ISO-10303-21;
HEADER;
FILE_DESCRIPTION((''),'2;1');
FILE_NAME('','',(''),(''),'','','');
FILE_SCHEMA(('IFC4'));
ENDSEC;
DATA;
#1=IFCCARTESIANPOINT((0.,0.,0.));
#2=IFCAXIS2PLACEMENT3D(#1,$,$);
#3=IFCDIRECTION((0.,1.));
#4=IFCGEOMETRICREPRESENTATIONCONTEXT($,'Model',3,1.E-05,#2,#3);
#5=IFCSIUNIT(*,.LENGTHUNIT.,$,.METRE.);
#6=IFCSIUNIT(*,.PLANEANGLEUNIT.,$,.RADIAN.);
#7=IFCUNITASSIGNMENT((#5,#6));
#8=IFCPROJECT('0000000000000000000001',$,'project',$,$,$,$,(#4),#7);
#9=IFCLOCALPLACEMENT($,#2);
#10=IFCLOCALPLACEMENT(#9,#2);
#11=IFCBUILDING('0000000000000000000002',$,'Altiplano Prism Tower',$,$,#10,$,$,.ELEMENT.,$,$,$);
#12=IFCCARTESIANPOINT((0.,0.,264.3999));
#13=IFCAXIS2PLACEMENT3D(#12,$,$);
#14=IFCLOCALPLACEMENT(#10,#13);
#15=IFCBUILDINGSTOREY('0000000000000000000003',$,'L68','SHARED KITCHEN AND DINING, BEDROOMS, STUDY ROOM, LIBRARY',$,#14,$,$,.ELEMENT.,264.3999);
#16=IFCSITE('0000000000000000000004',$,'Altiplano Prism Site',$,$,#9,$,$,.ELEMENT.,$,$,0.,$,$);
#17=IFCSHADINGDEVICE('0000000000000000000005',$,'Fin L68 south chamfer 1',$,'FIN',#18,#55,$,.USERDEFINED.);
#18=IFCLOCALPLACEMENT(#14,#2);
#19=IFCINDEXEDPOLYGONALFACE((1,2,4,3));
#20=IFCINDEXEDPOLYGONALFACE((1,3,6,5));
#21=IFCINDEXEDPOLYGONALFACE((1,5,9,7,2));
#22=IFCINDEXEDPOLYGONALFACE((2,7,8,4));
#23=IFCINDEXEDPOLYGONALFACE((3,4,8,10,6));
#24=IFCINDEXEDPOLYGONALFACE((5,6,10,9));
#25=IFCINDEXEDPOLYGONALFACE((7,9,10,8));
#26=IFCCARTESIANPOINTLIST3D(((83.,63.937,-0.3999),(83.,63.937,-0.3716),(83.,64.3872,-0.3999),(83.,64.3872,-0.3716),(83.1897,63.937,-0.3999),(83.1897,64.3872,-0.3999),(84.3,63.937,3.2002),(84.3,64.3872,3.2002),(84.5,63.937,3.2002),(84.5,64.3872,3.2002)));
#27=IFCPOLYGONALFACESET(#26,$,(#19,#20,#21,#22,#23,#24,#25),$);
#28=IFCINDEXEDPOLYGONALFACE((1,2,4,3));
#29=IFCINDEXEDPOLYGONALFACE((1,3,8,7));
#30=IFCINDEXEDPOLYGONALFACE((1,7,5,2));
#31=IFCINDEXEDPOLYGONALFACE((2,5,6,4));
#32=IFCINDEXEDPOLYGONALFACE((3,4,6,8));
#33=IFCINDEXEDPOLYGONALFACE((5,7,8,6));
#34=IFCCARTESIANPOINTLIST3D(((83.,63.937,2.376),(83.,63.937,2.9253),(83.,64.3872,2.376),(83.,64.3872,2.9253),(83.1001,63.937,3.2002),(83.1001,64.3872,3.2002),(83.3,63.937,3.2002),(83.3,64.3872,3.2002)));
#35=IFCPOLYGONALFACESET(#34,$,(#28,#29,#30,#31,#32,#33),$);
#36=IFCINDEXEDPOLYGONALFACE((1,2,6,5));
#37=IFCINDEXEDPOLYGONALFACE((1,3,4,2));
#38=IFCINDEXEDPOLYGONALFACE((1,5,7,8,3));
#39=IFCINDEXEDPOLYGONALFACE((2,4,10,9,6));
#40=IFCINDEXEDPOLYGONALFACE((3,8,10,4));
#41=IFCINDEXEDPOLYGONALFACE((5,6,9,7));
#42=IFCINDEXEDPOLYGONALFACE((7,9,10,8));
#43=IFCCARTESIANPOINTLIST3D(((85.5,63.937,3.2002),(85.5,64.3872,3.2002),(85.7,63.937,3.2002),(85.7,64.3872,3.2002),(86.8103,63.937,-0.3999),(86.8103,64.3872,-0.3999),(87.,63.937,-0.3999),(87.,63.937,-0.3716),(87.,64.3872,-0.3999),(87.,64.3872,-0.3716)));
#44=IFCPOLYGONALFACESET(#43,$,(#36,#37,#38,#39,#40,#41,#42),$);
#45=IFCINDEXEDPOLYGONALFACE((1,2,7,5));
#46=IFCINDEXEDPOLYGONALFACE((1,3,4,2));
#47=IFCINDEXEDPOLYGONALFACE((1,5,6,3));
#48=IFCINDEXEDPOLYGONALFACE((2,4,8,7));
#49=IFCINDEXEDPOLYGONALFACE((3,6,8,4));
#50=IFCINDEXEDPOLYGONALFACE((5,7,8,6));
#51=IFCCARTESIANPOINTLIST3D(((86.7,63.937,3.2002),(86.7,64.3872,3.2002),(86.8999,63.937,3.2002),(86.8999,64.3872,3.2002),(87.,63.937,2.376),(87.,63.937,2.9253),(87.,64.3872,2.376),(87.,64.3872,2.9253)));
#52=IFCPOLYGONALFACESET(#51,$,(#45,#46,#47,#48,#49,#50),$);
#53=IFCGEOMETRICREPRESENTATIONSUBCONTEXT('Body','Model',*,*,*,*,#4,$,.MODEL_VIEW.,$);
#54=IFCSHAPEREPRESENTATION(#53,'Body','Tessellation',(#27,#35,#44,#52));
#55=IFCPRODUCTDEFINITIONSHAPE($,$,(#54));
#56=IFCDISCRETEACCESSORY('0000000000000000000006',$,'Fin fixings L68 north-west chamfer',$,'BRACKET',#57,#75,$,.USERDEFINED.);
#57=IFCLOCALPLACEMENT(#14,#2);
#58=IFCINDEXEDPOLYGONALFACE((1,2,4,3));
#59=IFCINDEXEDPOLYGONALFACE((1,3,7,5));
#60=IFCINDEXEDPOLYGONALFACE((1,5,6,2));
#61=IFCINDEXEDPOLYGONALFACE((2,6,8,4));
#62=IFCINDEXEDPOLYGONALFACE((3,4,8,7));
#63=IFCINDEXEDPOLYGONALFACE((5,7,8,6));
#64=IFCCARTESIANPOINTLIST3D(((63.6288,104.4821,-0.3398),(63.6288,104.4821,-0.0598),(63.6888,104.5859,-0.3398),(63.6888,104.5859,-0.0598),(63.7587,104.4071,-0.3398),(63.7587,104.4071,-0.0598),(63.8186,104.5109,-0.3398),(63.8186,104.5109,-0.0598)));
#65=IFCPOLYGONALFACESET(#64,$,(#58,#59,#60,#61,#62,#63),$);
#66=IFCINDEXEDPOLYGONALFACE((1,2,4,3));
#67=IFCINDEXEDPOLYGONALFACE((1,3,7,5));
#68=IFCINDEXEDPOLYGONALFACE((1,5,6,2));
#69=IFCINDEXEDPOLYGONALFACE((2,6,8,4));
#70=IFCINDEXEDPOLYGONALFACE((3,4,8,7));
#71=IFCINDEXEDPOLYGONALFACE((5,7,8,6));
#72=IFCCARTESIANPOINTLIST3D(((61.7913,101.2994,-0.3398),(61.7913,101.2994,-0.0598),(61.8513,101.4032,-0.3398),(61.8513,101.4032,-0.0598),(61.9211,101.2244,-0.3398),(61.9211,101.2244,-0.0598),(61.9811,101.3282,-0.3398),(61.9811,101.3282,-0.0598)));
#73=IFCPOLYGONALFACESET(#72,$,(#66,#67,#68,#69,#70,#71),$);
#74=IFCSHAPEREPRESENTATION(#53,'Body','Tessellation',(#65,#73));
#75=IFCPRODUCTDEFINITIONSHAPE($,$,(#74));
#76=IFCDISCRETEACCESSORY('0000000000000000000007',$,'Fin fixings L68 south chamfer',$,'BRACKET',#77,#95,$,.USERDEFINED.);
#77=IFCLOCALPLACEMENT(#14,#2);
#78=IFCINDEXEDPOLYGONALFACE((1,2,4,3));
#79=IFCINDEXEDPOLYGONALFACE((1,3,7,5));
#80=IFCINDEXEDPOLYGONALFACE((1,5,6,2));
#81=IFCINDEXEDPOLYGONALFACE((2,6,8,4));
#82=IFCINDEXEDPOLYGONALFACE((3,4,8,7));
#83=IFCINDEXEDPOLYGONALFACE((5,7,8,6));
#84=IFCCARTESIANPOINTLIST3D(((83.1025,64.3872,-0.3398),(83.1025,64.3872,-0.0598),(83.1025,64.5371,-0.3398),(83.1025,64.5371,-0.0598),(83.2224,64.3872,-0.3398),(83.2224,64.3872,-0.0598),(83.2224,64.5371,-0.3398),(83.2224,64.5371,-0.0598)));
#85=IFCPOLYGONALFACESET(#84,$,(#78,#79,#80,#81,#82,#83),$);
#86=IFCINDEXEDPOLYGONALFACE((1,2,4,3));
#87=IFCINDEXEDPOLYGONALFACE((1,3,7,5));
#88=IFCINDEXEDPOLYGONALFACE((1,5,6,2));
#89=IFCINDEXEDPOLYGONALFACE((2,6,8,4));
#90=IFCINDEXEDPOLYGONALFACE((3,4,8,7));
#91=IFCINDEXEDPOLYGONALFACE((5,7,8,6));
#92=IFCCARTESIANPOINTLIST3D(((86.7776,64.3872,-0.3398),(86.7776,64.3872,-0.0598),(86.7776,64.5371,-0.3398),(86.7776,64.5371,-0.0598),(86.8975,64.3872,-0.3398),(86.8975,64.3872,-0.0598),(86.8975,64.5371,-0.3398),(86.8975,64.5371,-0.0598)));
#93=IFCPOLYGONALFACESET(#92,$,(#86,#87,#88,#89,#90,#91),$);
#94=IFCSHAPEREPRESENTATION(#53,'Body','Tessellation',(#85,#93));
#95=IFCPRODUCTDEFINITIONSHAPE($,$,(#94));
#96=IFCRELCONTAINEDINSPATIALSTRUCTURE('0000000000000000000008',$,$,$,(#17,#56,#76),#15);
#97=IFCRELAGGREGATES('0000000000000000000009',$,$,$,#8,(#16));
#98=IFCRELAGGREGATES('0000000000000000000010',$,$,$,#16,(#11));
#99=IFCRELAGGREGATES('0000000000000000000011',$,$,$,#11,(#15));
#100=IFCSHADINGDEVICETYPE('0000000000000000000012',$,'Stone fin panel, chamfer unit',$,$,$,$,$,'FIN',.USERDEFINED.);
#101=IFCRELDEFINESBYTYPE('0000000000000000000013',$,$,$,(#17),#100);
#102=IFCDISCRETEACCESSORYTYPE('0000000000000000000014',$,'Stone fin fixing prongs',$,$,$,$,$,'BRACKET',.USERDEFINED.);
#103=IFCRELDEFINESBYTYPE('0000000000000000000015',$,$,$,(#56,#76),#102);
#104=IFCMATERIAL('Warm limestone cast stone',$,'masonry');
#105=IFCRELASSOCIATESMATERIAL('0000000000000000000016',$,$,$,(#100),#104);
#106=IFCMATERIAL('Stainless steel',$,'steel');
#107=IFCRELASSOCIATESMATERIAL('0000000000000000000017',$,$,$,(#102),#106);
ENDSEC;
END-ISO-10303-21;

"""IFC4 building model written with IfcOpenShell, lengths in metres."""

from ifc_helpers import new_model, si_unit, direction, frame, origin, place, context, subcontext, project, spatial, polyline, outline, extrude, source, transform, mapped, material, type_object, element, save


model = new_model("IFC4")

# Units and contexts
model_context = context("Model", 3, precision=1e-05, world=origin(), true_north=direction((0.0, 1.0)))
body_context = subcontext(model_context, "Body", "Model", "MODEL_VIEW")
ifc_project = project(units=[si_unit("LENGTHUNIT", "METRE"), si_unit("PLANEANGLEUNIT", "RADIAN")], contexts=[model_context])

# Site, building, storey
site_placement = place(None, origin())
site = spatial("IfcSite", under=ifc_project, at=site_placement, Name="Altiplano Prism Site", CompositionType="ELEMENT", RefElevation=0.0)
building_placement = place(site_placement, origin())
building = spatial("IfcBuilding", under=site, at=building_placement, Name="Altiplano Prism Tower", CompositionType="ELEMENT")
storey_placement = place(building_placement, frame((0.0, 0.0, 264.3999)))
storey = spatial("IfcBuildingStorey", under=building, at=storey_placement, Name="L68", Description="SHARED KITCHEN AND DINING, BEDROOMS, STUDY ROOM, LIBRARY", CompositionType="ELEMENT", Elevation=264.3999)

# Shading device
ifc_material_1 = material(Name="Warm limestone cast stone", Category="masonry")
shading_device_type_1 = type_object("IfcShadingDeviceType", Name="Stone fin panel, chamfer unit", ElementType="FIN", PredefinedType="USERDEFINED", material=ifc_material_1)
shared_shape_1 = source(origin(), body_context, "Body", "SweptSolid", [
    extrude(outline(polyline([(-2.0, 0.0), (-1.8103, 0.0), (-0.5, 3.6001), (-0.7, 3.6001), (-2.0, 0.0283), (-2.0, 0.0)])), frame((0.0, -0.1499, 0.0), z_axis=(0.0, -1.0, 0.0), x_axis=(1.0, 0.0, 0.0)), (0.0, 0.0, 1.0), 0.4502),
    extrude(outline(polyline([(-2.0, 2.7759), (-1.7, 3.6001), (-1.8999, 3.6001), (-2.0, 3.3252), (-2.0, 2.7759)])), frame((0.0, -0.1499, 0.0), z_axis=(0.0, -1.0, 0.0), x_axis=(1.0, 0.0, 0.0)), (0.0, 0.0, 1.0), 0.4502),
    extrude(outline(polyline([(1.8103, 0.0), (2.0, 0.0), (2.0, 0.0283), (0.7, 3.6001), (0.5, 3.6001), (1.8103, 0.0)])), frame((0.0, -0.1499, 0.0), z_axis=(0.0, -1.0, 0.0), x_axis=(1.0, 0.0, 0.0)), (0.0, 0.0, 1.0), 0.4502),
    extrude(outline(polyline([(2.0, 3.3252), (1.8999, 3.6001), (1.7, 3.6001), (2.0, 2.7759), (2.0, 3.3252)])), frame((0.0, -0.1499, 0.0), z_axis=(0.0, -1.0, 0.0), x_axis=(1.0, 0.0, 0.0)), (0.0, 0.0, 1.0), 0.4502),
])
shading_device_1_placement = place(storey_placement, origin())
element("IfcShadingDevice", 1, at=shading_device_1_placement, inside=storey, type_object=shading_device_type_1, Name="Fin L68 south chamfer 1", ObjectType="FIN", PredefinedType="USERDEFINED", context=body_context, shape_type="MappedRepresentation", body=[
    mapped(shared_shape_1, transform((85.0, 64.5371, -0.3999), x_axis=(1.0, 0.0, 0.0), y_axis=(0.0, 1.0, 0.0), z_axis=(0.0, 0.0, 1.0))),
])

# Discrete accessories
ifc_material_2 = material(Name="Stainless steel", Category="steel")
discrete_accessory_type = type_object("IfcDiscreteAccessoryType", Name="Stone fin fixing prongs", ElementType="BRACKET", PredefinedType="USERDEFINED", material=ifc_material_2)
shared_shape_2 = source(origin(), body_context, "Body", "SweptSolid", [
    extrude(outline(polyline([(-1.8975, 0.0601), (-1.7776, 0.0601), (-1.7776, 0.3401), (-1.8975, 0.3401), (-1.8975, 0.0601)])), frame((0.0, 0.0, 0.0), z_axis=(0.0, -1.0, 0.0), x_axis=(1.0, 0.0, 0.0)), (0.0, 0.0, 1.0), 0.1499),
    extrude(outline(polyline([(1.7776, 0.0601), (1.8975, 0.0601), (1.8975, 0.3401), (1.7776, 0.3401), (1.7776, 0.0601)])), frame((0.0, 0.0, 0.0), z_axis=(0.0, -1.0, 0.0), x_axis=(1.0, 0.0, 0.0)), (0.0, 0.0, 1.0), 0.1499),
])
discrete_accessory_1_placement = place(storey_placement, origin())
element("IfcDiscreteAccessory", 2, at=discrete_accessory_1_placement, inside=storey, type_object=discrete_accessory_type, Name="Fin fixings L68 north-west chamfer", ObjectType="BRACKET", PredefinedType="USERDEFINED", context=body_context, shape_type="MappedRepresentation", body=[
    mapped(shared_shape_2, transform((62.8699, 102.8677, -0.3999), x_axis=(-0.5, -0.866025, 0.0), y_axis=(0.866025, -0.5, 0.0), z_axis=(0.0, 0.0, 1.0))),
])
discrete_accessory_2_placement = place(storey_placement, origin())
element("IfcDiscreteAccessory", 3, at=discrete_accessory_2_placement, inside=storey, type_object=discrete_accessory_type, Name="Fin fixings L68 south chamfer", ObjectType="BRACKET", PredefinedType="USERDEFINED", context=body_context, shape_type="MappedRepresentation", body=[
    mapped(shared_shape_2, transform((85.0, 64.5371, -0.3999), x_axis=(1.0, 0.0, 0.0), y_axis=(0.0, 1.0, 0.0), z_axis=(0.0, 0.0, 1.0))),
])

save(model, "model.ifc")
